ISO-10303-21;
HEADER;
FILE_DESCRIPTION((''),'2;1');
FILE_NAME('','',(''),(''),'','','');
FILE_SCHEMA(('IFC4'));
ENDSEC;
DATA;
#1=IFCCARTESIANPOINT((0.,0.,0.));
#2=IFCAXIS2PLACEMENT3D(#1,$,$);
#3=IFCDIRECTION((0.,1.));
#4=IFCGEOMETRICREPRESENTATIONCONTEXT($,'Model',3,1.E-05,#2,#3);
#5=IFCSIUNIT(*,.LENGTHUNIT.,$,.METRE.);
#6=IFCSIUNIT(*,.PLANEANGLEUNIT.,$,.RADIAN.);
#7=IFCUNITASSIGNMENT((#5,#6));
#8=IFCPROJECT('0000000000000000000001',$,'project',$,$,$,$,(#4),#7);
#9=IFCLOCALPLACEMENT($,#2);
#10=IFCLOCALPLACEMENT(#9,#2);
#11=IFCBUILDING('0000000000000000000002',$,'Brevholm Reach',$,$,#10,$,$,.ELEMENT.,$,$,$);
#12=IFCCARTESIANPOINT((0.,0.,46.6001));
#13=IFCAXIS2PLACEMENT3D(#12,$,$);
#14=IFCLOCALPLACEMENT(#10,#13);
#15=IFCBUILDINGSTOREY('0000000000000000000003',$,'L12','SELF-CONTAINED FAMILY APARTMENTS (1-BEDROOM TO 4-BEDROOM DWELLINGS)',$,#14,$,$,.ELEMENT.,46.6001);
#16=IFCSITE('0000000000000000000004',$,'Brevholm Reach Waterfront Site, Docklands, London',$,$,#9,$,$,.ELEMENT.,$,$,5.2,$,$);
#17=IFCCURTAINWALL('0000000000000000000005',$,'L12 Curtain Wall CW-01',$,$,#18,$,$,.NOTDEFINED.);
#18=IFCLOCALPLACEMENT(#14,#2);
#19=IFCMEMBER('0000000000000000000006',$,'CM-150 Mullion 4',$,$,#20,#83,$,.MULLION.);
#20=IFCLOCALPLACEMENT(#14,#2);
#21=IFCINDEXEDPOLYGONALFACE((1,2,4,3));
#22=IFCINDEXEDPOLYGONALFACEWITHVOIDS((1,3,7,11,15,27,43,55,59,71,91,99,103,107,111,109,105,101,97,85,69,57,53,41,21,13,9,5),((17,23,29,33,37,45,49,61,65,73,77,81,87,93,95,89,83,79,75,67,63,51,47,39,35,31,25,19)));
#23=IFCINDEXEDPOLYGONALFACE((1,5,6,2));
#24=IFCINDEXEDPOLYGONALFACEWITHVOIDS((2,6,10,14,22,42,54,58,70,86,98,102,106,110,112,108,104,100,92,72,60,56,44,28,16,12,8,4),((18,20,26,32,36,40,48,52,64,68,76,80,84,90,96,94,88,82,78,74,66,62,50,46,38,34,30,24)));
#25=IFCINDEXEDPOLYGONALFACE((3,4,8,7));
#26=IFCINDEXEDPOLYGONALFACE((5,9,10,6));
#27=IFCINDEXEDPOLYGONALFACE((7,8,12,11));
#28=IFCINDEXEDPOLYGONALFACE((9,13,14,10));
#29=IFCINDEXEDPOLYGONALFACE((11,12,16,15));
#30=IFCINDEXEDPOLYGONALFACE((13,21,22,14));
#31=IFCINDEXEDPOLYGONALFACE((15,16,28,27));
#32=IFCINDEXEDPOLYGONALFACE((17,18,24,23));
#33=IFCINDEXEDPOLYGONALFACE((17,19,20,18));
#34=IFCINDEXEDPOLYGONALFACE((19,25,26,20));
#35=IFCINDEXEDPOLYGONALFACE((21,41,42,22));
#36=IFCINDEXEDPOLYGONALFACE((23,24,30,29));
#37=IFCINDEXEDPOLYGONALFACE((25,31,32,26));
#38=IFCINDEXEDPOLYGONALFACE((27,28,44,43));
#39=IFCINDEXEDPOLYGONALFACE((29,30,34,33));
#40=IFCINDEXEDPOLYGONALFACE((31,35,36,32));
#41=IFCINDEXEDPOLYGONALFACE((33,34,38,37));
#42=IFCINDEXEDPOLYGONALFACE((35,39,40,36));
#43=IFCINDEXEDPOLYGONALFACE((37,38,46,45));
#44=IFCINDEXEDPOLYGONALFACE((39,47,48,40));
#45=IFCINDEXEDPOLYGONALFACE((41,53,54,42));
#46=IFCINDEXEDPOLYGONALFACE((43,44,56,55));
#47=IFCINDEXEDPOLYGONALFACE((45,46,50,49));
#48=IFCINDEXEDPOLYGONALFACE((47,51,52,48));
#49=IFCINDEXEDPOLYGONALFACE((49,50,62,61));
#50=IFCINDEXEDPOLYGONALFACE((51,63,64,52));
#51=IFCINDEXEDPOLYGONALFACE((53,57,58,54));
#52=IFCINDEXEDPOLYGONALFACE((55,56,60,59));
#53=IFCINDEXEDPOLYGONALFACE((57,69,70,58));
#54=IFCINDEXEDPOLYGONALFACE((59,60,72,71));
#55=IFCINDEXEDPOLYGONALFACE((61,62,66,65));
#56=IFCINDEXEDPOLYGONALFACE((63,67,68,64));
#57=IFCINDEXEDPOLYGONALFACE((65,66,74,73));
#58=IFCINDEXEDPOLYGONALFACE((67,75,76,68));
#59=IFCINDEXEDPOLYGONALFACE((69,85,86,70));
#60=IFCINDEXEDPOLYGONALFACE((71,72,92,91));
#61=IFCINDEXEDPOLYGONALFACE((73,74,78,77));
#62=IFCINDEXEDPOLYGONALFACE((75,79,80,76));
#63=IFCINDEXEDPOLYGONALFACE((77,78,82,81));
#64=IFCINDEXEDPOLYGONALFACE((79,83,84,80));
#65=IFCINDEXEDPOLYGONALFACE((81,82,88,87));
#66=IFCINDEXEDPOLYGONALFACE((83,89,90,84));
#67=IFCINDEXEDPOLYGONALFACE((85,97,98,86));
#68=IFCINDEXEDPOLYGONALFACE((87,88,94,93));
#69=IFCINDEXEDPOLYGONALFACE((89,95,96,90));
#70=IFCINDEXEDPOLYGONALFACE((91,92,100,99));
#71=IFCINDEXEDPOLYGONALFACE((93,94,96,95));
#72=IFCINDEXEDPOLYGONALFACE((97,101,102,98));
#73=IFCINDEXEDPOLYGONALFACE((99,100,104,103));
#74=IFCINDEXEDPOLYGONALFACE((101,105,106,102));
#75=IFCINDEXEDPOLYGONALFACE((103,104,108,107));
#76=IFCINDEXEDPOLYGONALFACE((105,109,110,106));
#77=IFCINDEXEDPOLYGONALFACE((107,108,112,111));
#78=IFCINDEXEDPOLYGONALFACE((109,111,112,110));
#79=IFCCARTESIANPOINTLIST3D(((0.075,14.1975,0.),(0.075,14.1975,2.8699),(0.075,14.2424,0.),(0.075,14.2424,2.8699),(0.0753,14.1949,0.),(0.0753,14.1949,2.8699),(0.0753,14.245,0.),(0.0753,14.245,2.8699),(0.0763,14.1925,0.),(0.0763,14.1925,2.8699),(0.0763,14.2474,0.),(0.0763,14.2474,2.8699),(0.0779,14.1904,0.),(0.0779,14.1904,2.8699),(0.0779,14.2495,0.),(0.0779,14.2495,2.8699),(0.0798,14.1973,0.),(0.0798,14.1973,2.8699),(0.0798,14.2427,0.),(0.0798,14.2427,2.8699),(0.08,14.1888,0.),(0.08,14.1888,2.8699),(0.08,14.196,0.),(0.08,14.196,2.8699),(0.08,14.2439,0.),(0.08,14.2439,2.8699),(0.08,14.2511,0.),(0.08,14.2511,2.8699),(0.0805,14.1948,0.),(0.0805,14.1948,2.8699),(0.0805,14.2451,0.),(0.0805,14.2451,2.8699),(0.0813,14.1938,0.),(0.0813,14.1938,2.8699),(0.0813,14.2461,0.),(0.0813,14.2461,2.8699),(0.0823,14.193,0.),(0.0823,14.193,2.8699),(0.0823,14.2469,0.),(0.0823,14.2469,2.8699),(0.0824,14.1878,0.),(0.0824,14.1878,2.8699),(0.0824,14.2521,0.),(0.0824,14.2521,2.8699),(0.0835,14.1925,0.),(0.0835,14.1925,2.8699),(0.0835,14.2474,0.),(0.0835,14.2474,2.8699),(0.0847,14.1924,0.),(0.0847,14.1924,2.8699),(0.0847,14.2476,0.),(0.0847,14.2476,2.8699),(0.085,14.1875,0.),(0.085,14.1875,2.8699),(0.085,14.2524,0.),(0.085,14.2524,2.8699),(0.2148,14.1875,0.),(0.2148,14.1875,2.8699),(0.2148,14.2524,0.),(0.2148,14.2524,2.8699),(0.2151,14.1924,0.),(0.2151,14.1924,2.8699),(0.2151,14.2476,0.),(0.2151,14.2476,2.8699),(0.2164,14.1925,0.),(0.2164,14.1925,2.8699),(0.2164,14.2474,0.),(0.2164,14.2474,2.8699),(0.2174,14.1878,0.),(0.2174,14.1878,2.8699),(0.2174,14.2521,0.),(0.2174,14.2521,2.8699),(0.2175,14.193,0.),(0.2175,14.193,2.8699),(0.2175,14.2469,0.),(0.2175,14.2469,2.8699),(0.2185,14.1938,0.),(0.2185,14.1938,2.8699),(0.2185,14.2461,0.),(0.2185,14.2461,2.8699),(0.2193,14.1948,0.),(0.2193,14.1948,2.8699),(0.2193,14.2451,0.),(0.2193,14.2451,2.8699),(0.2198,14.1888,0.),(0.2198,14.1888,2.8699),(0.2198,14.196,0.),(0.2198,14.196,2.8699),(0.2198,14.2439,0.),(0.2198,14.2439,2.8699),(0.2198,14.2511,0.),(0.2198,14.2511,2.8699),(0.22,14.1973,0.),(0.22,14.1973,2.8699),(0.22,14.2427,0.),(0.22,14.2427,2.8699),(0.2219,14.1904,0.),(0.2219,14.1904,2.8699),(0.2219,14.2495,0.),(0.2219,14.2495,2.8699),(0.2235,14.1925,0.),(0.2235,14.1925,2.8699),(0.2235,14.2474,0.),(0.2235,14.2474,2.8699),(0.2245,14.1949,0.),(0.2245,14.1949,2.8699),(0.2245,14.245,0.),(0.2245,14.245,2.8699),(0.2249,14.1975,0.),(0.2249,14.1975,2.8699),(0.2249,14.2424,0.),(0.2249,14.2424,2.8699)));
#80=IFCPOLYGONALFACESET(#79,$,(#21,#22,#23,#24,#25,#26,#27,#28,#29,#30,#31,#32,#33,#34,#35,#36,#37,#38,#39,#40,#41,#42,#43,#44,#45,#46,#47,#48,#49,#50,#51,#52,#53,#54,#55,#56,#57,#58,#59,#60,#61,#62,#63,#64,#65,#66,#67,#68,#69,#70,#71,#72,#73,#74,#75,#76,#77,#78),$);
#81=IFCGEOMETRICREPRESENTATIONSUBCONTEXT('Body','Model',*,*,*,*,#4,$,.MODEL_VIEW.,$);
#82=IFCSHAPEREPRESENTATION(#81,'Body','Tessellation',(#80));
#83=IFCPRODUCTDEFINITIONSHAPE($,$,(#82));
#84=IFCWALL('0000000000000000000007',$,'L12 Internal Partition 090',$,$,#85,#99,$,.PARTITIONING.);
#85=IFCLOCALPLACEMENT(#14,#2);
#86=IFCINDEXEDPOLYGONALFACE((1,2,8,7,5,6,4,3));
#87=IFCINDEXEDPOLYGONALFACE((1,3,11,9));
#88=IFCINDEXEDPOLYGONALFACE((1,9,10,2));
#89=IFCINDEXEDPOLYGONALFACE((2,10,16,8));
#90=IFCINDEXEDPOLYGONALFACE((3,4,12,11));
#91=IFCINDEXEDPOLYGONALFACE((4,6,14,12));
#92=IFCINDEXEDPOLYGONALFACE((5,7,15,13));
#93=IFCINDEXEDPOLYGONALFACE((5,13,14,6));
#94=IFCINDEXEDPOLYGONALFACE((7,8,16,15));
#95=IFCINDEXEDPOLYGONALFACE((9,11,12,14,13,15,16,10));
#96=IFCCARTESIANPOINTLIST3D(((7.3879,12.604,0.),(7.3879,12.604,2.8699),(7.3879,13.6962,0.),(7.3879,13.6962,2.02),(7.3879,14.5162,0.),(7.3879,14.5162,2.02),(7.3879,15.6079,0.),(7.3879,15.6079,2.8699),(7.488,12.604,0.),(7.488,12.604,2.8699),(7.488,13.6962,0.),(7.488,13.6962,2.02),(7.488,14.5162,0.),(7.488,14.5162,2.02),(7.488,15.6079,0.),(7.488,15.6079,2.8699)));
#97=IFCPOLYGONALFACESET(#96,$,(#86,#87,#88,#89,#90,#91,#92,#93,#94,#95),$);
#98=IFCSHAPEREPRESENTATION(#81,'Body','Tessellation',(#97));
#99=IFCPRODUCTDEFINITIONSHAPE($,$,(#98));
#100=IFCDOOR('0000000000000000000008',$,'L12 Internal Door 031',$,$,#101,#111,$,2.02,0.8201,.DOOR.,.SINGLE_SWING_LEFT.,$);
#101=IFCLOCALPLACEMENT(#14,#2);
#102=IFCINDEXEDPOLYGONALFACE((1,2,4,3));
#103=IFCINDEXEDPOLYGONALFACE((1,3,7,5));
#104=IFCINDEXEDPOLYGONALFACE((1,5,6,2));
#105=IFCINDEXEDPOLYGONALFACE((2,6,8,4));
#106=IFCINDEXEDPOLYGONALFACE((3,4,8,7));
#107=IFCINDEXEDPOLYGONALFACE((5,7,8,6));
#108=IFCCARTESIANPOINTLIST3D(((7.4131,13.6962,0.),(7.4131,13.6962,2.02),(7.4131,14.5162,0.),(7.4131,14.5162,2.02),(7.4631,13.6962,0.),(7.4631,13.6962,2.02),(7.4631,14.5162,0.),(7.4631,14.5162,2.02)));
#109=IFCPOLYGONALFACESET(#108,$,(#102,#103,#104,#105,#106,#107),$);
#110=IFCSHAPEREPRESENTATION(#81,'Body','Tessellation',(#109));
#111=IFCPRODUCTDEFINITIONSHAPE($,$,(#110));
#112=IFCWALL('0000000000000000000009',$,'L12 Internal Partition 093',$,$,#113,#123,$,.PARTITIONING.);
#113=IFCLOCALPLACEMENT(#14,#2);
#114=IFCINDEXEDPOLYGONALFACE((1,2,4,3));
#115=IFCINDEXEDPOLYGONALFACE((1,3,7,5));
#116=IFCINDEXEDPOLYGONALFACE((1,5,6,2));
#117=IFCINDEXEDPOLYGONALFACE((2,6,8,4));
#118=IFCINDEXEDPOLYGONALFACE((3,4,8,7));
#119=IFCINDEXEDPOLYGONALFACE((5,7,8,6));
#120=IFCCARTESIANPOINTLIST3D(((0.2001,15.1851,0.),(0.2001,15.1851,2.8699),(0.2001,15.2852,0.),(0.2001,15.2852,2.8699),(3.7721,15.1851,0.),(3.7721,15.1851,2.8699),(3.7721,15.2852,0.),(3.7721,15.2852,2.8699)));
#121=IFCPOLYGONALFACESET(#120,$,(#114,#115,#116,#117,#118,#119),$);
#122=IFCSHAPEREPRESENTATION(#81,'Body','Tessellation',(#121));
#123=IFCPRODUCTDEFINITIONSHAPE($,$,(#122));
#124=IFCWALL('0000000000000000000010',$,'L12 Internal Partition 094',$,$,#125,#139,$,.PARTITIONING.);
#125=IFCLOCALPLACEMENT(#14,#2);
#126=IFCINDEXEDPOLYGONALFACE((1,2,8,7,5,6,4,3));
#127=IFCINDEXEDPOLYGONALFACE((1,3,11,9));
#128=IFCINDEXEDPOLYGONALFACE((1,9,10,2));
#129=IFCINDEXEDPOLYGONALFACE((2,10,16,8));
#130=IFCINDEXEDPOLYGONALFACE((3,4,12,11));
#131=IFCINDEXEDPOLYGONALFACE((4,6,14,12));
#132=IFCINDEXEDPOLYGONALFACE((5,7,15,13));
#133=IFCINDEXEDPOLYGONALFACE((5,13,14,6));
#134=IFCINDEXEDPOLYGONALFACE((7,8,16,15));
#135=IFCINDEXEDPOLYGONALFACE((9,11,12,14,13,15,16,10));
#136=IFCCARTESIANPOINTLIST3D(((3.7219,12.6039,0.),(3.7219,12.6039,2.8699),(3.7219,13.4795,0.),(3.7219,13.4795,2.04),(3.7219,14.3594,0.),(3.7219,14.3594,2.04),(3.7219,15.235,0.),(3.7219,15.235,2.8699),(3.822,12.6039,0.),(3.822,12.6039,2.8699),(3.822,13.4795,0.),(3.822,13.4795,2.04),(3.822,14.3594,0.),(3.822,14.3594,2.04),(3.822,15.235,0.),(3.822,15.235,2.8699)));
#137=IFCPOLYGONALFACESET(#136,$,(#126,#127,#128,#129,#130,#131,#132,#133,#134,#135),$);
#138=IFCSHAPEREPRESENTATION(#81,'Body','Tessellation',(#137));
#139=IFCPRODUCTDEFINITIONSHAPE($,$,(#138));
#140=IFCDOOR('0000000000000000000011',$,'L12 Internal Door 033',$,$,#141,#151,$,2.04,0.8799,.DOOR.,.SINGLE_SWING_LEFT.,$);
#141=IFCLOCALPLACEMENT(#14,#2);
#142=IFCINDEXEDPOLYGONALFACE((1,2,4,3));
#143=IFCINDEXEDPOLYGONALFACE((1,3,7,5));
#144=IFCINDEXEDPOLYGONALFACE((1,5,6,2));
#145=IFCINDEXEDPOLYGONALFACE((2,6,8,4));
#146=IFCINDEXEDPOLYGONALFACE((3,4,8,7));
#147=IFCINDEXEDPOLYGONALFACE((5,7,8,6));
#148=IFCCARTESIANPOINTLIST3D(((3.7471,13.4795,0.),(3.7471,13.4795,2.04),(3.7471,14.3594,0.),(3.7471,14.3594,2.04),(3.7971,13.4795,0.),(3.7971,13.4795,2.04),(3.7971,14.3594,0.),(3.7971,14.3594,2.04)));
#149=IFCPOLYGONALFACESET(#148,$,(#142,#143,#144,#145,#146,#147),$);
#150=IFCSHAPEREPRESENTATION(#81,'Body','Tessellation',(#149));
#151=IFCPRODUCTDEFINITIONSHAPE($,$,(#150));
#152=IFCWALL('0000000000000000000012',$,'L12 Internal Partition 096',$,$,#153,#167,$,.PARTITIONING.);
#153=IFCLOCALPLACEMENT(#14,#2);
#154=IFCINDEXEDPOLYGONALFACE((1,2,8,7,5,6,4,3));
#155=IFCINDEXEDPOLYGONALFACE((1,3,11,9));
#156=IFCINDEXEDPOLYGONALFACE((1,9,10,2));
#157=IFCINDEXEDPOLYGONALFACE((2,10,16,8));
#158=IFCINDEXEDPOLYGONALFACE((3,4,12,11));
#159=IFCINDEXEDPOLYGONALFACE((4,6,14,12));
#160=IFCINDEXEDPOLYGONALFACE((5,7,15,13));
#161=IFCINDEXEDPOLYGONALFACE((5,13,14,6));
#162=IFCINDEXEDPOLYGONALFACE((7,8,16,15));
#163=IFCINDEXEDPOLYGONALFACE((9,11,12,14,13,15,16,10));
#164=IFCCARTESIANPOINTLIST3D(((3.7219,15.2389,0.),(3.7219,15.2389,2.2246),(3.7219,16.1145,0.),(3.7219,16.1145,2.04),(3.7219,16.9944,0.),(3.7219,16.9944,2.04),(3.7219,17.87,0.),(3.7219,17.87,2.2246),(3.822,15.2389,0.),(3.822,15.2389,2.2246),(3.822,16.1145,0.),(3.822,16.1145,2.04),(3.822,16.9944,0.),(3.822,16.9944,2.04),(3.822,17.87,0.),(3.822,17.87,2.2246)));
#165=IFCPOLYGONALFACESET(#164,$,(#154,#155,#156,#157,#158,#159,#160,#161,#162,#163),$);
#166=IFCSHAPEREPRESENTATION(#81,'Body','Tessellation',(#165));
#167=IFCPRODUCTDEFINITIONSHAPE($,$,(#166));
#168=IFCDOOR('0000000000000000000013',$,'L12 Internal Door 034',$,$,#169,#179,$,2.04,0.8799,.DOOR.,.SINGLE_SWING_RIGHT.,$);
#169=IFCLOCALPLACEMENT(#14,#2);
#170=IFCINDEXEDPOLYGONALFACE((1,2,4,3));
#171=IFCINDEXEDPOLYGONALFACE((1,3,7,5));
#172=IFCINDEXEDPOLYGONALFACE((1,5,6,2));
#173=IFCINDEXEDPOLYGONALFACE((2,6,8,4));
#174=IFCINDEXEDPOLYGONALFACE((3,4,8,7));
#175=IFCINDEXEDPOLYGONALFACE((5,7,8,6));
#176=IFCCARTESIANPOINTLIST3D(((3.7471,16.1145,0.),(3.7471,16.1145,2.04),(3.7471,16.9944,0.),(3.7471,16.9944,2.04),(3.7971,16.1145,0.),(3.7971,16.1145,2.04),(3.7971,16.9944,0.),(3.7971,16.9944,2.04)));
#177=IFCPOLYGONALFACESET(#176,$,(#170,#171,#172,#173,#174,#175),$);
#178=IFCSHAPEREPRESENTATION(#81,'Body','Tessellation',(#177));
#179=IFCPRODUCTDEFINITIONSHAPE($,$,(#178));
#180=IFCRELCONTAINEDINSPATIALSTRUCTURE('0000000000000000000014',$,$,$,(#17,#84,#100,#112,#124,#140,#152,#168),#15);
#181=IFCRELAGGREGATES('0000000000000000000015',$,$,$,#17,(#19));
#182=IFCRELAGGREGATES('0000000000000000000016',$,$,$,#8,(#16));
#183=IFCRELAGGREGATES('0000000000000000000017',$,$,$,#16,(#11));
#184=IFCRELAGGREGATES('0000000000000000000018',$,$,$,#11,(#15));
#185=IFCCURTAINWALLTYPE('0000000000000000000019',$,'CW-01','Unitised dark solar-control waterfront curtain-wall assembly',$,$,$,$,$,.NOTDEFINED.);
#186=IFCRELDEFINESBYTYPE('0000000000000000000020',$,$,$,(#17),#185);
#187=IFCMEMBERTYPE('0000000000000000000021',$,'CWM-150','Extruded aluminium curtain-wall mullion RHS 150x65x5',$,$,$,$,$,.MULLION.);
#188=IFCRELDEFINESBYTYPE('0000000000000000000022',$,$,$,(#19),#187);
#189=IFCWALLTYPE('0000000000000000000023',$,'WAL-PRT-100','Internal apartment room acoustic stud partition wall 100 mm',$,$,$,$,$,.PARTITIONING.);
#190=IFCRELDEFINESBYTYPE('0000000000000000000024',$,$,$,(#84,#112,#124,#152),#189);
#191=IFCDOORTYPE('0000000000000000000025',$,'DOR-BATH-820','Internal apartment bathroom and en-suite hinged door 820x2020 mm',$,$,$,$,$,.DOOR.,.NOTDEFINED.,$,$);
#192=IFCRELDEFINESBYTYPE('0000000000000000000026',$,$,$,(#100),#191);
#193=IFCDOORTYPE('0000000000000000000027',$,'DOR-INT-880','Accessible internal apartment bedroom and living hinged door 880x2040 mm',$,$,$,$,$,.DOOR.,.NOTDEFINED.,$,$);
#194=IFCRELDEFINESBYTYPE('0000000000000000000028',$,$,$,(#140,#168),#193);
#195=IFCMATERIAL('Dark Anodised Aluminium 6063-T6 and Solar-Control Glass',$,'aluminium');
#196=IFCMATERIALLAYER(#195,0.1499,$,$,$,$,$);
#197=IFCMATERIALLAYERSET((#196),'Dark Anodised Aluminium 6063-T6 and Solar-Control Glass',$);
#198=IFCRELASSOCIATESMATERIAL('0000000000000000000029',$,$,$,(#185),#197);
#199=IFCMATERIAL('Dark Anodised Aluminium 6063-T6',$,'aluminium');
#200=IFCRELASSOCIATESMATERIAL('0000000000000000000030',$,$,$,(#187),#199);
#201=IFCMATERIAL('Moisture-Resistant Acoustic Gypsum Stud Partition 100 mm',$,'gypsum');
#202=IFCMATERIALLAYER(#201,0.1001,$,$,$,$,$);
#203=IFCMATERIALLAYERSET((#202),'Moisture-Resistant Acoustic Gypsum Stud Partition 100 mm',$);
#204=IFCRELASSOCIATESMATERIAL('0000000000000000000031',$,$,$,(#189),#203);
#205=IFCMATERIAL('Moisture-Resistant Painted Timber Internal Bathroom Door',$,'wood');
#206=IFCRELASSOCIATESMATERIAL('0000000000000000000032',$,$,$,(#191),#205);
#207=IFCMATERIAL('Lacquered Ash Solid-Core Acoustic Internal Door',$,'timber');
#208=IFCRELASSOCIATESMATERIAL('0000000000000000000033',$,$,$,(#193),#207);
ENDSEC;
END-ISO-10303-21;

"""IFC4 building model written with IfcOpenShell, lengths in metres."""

from ifc_helpers import new_model, si_unit, direction, frame, frame_2d, origin, origin_2d, place, context, subcontext, project, spatial, rectangle, hollow_rectangle, extrude, material, layer, layer_set, material_profile, profile_set, type_object, element, fill, aggregate, save


model = new_model("IFC4")

# Units and contexts
model_context = context("Model", 3, precision=1e-05, world=origin(), true_north=direction((0.0, 1.0)))
body_context = subcontext(model_context, "Body", "Model", "MODEL_VIEW")
ifc_project = project(units=[si_unit("LENGTHUNIT", "METRE"), si_unit("PLANEANGLEUNIT", "RADIAN")], contexts=[model_context])

# Site, building, storey
site_placement = place(None, origin())
site = spatial("IfcSite", under=ifc_project, at=site_placement, Name="Brevholm Reach Waterfront Site, Docklands, London", CompositionType="ELEMENT", RefElevation=5.2)
building_placement = place(site_placement, origin())
building = spatial("IfcBuilding", under=site, at=building_placement, Name="Brevholm Reach", CompositionType="ELEMENT")
storey_placement = place(building_placement, frame((0.0, 0.0, 46.6001)))
storey = spatial("IfcBuildingStorey", under=building, at=storey_placement, Name="L12", Description="SELF-CONTAINED FAMILY APARTMENTS (1-BEDROOM TO 4-BEDROOM DWELLINGS)", CompositionType="ELEMENT", Elevation=46.6001)

# Curtain wall, member
ifc_material_1 = material(Name="Dark Anodised Aluminium 6063-T6 and Solar-Control Glass", Category="aluminium")
ifc_layer_1 = layer(ifc_material_1, 0.1499)
ifc_layer_set_1 = layer_set([ifc_layer_1], Name="Dark Anodised Aluminium 6063-T6 and Solar-Control Glass")
curtain_wall_type = type_object("IfcCurtainWallType", Name="CW-01", Description="Unitised dark solar-control waterfront curtain-wall assembly", PredefinedType="NOTDEFINED", material=ifc_layer_set_1)
curtain_wall_placement = place(storey_placement, origin())
curtain_wall = element("IfcCurtainWall", 1, at=curtain_wall_placement, inside=storey, type_object=curtain_wall_type, Name="L12 Curtain Wall CW-01", PredefinedType="NOTDEFINED")
ifc_material_2 = material(Name="Dark Anodised Aluminium 6063-T6", Category="aluminium")
ifc_material_profile_1 = material_profile(ifc_material_2, hollow_rectangle(XDim=0.0649, YDim=0.1499, WallThickness=0.0049, InnerFilletRadius=0.0049, OuterFilletRadius=0.01, at=origin_2d()), Name="RHS 150x65x5")
ifc_profile_set_1 = profile_set([ifc_material_profile_1], Name="Dark Anodised Aluminium 6063-T6")
member_type = type_object("IfcMemberType", Name="CWM-150", Description="Extruded aluminium curtain-wall mullion RHS 150x65x5", PredefinedType="MULLION", material=ifc_profile_set_1)
member_placement = place(storey_placement, frame((0.1499, 14.22, 0.0), z_axis=(0.0, 0.0, 1.0), x_axis=(0.0, -1.0, 0.0)))
member = element("IfcMember", 2, at=member_placement, type_object=member_type, Name="CM-150 Mullion 4", PredefinedType="MULLION", context=body_context, shape_type="SweptSolid", body=[
    extrude(hollow_rectangle(XDim=0.0649, YDim=0.1499, WallThickness=0.0049, InnerFilletRadius=0.0049, OuterFilletRadius=0.01, at=origin_2d()), origin(), (0.0, 0.0, 1.0), 2.8699),
])
aggregate(curtain_wall, [member])

# Wall, opening, door
ifc_material_3 = material(Name="Moisture-Resistant Acoustic Gypsum Stud Partition 100 mm", Category="gypsum")
ifc_layer_2 = layer(ifc_material_3, 0.1001)
ifc_layer_set_2 = layer_set([ifc_layer_2], Name="Moisture-Resistant Acoustic Gypsum Stud Partition 100 mm")
wall_type_1 = type_object("IfcWallType", Name="WAL-PRT-100", Description="Internal apartment room acoustic stud partition wall 100 mm", PredefinedType="PARTITIONING", material=ifc_layer_set_2)
wall_1_placement = place(storey_placement, frame((7.438, 12.604, 0.0), z_axis=(0.0, 0.0, 1.0), x_axis=(0.0, 1.0, 0.0)))
wall_1 = element("IfcWall", 3, at=wall_1_placement, inside=storey, type_object=wall_type_1, Name="L12 Internal Partition 090", PredefinedType="PARTITIONING", context=body_context, shape_type="SweptSolid", body=[
    extrude(rectangle(XDim=3.0039, YDim=0.1001, at=frame_2d((1.502, 0.0))), origin(), (0.0, 0.0, 1.0), 2.8699),
])
opening_1_placement = place(wall_1_placement, frame((1.092, 0.0, 0.0)))
opening_1 = element("IfcOpeningElement", 4, at=opening_1_placement, cuts=wall_1, PredefinedType="OPENING", context=body_context, shape_type="SweptSolid", body=[
    extrude(rectangle(XDim=0.8201, YDim=2.02, at=frame_2d((0.4102, 1.01))), frame((0.0, 0.0601, 0.0), z_axis=(0.0, -1.0, 0.0), x_axis=(1.0, 0.0, 0.0)), (0.0, 0.0, 1.0), 0.1201),
])
ifc_material_4 = material(Name="Moisture-Resistant Painted Timber Internal Bathroom Door", Category="wood")
door_type_1 = type_object("IfcDoorType", Name="DOR-BATH-820", Description="Internal apartment bathroom and en-suite hinged door 820x2020 mm", OperationType="NOTDEFINED", PredefinedType="DOOR", material=ifc_material_4)
door_1_placement = place(opening_1_placement, origin())
door_1 = element("IfcDoor", 5, at=door_1_placement, inside=storey, type_object=door_type_1, Name="L12 Internal Door 031", OperationType="SINGLE_SWING_LEFT", OverallHeight=2.02, OverallWidth=0.8201, PredefinedType="DOOR", context=body_context, shape_type="SweptSolid", body=[
    extrude(rectangle(XDim=0.8201, YDim=2.02, at=frame_2d((0.4102, 1.01))), frame((0.0, 0.0249, 0.0), z_axis=(0.0, -1.0, 0.0), x_axis=(1.0, 0.0, 0.0)), (0.0, 0.0, 1.0), 0.05),
])
fill(opening_1, door_1)

# Wall
wall_2_placement = place(storey_placement, frame((0.2, 15.2351, 0.0), z_axis=(0.0, 0.0, 1.0), x_axis=(1.0, 0.0, 0.0)))
element("IfcWall", 6, at=wall_2_placement, inside=storey, type_object=wall_type_1, Name="L12 Internal Partition 093", PredefinedType="PARTITIONING", context=body_context, shape_type="SweptSolid", body=[
    extrude(rectangle(XDim=3.572, YDim=0.1001, at=frame_2d((1.7861, 0.0))), origin(), (0.0, 0.0, 1.0), 2.8699),
])

# Walls, openings, doors
wall_3_placement = place(storey_placement, frame((3.772, 12.604, 0.0), z_axis=(0.0, 0.0, 1.0), x_axis=(0.0, 1.0, 0.0)))
wall_3 = element("IfcWall", 7, at=wall_3_placement, inside=storey, type_object=wall_type_1, Name="L12 Internal Partition 094", PredefinedType="PARTITIONING", context=body_context, shape_type="SweptSolid", body=[
    extrude(rectangle(XDim=2.6311, YDim=0.1001, at=frame_2d((1.3154, 0.0))), origin(), (0.0, 0.0, 1.0), 2.8699),
])
opening_2_placement = place(wall_3_placement, frame((0.8755, 0.0, 0.0)))
opening_2 = element("IfcOpeningElement", 8, at=opening_2_placement, cuts=wall_3, PredefinedType="OPENING", context=body_context, shape_type="SweptSolid", body=[
    extrude(rectangle(XDim=0.8799, YDim=2.04, at=frame_2d((0.4399, 1.02))), frame((0.0, 0.0601, 0.0), z_axis=(0.0, -1.0, 0.0), x_axis=(1.0, 0.0, 0.0)), (0.0, 0.0, 1.0), 0.1201),
])
ifc_material_5 = material(Name="Lacquered Ash Solid-Core Acoustic Internal Door", Category="timber")
door_type_2 = type_object("IfcDoorType", Name="DOR-INT-880", Description="Accessible internal apartment bedroom and living hinged door 880x2040 mm", OperationType="NOTDEFINED", PredefinedType="DOOR", material=ifc_material_5)
door_2_placement = place(opening_2_placement, origin())
door_2 = element("IfcDoor", 9, at=door_2_placement, inside=storey, type_object=door_type_2, Name="L12 Internal Door 033", OperationType="SINGLE_SWING_LEFT", OverallHeight=2.04, OverallWidth=0.8799, PredefinedType="DOOR", context=body_context, shape_type="SweptSolid", body=[
    extrude(rectangle(XDim=0.8799, YDim=2.04, at=frame_2d((0.4399, 1.02))), frame((0.0, 0.0249, 0.0), z_axis=(0.0, -1.0, 0.0), x_axis=(1.0, 0.0, 0.0)), (0.0, 0.0, 1.0), 0.05),
])
fill(opening_2, door_2)
wall_4_placement = place(storey_placement, frame((3.772, 15.239, 0.0), z_axis=(0.0, 0.0, 1.0), x_axis=(0.0, 1.0, 0.0)))
wall_4 = element("IfcWall", 10, at=wall_4_placement, inside=storey, type_object=wall_type_1, Name="L12 Internal Partition 096", PredefinedType="PARTITIONING", context=body_context, shape_type="SweptSolid", body=[
    extrude(rectangle(XDim=2.6311, YDim=0.1001, at=frame_2d((1.3154, 0.0))), origin(), (0.0, 0.0, 1.0), 2.2246),
])
opening_3_placement = place(wall_4_placement, frame((0.8755, 0.0, 0.0)))
opening_3 = element("IfcOpeningElement", 11, at=opening_3_placement, cuts=wall_4, PredefinedType="OPENING", context=body_context, shape_type="SweptSolid", body=[
    extrude(rectangle(XDim=0.8799, YDim=2.04, at=frame_2d((0.4399, 1.02))), frame((0.0, 0.0601, 0.0), z_axis=(0.0, -1.0, 0.0), x_axis=(1.0, 0.0, 0.0)), (0.0, 0.0, 1.0), 0.1201),
])
door_3_placement = place(opening_3_placement, origin())
door_3 = element("IfcDoor", 12, at=door_3_placement, inside=storey, type_object=door_type_2, Name="L12 Internal Door 034", OperationType="SINGLE_SWING_RIGHT", OverallHeight=2.04, OverallWidth=0.8799, PredefinedType="DOOR", context=body_context, shape_type="SweptSolid", body=[
    extrude(rectangle(XDim=0.8799, YDim=2.04, at=frame_2d((0.4399, 1.02))), frame((0.0, 0.0249, 0.0), z_axis=(0.0, -1.0, 0.0), x_axis=(1.0, 0.0, 0.0)), (0.0, 0.0, 1.0), 0.05),
])
fill(opening_3, door_3)

save(model, "model.ifc")
